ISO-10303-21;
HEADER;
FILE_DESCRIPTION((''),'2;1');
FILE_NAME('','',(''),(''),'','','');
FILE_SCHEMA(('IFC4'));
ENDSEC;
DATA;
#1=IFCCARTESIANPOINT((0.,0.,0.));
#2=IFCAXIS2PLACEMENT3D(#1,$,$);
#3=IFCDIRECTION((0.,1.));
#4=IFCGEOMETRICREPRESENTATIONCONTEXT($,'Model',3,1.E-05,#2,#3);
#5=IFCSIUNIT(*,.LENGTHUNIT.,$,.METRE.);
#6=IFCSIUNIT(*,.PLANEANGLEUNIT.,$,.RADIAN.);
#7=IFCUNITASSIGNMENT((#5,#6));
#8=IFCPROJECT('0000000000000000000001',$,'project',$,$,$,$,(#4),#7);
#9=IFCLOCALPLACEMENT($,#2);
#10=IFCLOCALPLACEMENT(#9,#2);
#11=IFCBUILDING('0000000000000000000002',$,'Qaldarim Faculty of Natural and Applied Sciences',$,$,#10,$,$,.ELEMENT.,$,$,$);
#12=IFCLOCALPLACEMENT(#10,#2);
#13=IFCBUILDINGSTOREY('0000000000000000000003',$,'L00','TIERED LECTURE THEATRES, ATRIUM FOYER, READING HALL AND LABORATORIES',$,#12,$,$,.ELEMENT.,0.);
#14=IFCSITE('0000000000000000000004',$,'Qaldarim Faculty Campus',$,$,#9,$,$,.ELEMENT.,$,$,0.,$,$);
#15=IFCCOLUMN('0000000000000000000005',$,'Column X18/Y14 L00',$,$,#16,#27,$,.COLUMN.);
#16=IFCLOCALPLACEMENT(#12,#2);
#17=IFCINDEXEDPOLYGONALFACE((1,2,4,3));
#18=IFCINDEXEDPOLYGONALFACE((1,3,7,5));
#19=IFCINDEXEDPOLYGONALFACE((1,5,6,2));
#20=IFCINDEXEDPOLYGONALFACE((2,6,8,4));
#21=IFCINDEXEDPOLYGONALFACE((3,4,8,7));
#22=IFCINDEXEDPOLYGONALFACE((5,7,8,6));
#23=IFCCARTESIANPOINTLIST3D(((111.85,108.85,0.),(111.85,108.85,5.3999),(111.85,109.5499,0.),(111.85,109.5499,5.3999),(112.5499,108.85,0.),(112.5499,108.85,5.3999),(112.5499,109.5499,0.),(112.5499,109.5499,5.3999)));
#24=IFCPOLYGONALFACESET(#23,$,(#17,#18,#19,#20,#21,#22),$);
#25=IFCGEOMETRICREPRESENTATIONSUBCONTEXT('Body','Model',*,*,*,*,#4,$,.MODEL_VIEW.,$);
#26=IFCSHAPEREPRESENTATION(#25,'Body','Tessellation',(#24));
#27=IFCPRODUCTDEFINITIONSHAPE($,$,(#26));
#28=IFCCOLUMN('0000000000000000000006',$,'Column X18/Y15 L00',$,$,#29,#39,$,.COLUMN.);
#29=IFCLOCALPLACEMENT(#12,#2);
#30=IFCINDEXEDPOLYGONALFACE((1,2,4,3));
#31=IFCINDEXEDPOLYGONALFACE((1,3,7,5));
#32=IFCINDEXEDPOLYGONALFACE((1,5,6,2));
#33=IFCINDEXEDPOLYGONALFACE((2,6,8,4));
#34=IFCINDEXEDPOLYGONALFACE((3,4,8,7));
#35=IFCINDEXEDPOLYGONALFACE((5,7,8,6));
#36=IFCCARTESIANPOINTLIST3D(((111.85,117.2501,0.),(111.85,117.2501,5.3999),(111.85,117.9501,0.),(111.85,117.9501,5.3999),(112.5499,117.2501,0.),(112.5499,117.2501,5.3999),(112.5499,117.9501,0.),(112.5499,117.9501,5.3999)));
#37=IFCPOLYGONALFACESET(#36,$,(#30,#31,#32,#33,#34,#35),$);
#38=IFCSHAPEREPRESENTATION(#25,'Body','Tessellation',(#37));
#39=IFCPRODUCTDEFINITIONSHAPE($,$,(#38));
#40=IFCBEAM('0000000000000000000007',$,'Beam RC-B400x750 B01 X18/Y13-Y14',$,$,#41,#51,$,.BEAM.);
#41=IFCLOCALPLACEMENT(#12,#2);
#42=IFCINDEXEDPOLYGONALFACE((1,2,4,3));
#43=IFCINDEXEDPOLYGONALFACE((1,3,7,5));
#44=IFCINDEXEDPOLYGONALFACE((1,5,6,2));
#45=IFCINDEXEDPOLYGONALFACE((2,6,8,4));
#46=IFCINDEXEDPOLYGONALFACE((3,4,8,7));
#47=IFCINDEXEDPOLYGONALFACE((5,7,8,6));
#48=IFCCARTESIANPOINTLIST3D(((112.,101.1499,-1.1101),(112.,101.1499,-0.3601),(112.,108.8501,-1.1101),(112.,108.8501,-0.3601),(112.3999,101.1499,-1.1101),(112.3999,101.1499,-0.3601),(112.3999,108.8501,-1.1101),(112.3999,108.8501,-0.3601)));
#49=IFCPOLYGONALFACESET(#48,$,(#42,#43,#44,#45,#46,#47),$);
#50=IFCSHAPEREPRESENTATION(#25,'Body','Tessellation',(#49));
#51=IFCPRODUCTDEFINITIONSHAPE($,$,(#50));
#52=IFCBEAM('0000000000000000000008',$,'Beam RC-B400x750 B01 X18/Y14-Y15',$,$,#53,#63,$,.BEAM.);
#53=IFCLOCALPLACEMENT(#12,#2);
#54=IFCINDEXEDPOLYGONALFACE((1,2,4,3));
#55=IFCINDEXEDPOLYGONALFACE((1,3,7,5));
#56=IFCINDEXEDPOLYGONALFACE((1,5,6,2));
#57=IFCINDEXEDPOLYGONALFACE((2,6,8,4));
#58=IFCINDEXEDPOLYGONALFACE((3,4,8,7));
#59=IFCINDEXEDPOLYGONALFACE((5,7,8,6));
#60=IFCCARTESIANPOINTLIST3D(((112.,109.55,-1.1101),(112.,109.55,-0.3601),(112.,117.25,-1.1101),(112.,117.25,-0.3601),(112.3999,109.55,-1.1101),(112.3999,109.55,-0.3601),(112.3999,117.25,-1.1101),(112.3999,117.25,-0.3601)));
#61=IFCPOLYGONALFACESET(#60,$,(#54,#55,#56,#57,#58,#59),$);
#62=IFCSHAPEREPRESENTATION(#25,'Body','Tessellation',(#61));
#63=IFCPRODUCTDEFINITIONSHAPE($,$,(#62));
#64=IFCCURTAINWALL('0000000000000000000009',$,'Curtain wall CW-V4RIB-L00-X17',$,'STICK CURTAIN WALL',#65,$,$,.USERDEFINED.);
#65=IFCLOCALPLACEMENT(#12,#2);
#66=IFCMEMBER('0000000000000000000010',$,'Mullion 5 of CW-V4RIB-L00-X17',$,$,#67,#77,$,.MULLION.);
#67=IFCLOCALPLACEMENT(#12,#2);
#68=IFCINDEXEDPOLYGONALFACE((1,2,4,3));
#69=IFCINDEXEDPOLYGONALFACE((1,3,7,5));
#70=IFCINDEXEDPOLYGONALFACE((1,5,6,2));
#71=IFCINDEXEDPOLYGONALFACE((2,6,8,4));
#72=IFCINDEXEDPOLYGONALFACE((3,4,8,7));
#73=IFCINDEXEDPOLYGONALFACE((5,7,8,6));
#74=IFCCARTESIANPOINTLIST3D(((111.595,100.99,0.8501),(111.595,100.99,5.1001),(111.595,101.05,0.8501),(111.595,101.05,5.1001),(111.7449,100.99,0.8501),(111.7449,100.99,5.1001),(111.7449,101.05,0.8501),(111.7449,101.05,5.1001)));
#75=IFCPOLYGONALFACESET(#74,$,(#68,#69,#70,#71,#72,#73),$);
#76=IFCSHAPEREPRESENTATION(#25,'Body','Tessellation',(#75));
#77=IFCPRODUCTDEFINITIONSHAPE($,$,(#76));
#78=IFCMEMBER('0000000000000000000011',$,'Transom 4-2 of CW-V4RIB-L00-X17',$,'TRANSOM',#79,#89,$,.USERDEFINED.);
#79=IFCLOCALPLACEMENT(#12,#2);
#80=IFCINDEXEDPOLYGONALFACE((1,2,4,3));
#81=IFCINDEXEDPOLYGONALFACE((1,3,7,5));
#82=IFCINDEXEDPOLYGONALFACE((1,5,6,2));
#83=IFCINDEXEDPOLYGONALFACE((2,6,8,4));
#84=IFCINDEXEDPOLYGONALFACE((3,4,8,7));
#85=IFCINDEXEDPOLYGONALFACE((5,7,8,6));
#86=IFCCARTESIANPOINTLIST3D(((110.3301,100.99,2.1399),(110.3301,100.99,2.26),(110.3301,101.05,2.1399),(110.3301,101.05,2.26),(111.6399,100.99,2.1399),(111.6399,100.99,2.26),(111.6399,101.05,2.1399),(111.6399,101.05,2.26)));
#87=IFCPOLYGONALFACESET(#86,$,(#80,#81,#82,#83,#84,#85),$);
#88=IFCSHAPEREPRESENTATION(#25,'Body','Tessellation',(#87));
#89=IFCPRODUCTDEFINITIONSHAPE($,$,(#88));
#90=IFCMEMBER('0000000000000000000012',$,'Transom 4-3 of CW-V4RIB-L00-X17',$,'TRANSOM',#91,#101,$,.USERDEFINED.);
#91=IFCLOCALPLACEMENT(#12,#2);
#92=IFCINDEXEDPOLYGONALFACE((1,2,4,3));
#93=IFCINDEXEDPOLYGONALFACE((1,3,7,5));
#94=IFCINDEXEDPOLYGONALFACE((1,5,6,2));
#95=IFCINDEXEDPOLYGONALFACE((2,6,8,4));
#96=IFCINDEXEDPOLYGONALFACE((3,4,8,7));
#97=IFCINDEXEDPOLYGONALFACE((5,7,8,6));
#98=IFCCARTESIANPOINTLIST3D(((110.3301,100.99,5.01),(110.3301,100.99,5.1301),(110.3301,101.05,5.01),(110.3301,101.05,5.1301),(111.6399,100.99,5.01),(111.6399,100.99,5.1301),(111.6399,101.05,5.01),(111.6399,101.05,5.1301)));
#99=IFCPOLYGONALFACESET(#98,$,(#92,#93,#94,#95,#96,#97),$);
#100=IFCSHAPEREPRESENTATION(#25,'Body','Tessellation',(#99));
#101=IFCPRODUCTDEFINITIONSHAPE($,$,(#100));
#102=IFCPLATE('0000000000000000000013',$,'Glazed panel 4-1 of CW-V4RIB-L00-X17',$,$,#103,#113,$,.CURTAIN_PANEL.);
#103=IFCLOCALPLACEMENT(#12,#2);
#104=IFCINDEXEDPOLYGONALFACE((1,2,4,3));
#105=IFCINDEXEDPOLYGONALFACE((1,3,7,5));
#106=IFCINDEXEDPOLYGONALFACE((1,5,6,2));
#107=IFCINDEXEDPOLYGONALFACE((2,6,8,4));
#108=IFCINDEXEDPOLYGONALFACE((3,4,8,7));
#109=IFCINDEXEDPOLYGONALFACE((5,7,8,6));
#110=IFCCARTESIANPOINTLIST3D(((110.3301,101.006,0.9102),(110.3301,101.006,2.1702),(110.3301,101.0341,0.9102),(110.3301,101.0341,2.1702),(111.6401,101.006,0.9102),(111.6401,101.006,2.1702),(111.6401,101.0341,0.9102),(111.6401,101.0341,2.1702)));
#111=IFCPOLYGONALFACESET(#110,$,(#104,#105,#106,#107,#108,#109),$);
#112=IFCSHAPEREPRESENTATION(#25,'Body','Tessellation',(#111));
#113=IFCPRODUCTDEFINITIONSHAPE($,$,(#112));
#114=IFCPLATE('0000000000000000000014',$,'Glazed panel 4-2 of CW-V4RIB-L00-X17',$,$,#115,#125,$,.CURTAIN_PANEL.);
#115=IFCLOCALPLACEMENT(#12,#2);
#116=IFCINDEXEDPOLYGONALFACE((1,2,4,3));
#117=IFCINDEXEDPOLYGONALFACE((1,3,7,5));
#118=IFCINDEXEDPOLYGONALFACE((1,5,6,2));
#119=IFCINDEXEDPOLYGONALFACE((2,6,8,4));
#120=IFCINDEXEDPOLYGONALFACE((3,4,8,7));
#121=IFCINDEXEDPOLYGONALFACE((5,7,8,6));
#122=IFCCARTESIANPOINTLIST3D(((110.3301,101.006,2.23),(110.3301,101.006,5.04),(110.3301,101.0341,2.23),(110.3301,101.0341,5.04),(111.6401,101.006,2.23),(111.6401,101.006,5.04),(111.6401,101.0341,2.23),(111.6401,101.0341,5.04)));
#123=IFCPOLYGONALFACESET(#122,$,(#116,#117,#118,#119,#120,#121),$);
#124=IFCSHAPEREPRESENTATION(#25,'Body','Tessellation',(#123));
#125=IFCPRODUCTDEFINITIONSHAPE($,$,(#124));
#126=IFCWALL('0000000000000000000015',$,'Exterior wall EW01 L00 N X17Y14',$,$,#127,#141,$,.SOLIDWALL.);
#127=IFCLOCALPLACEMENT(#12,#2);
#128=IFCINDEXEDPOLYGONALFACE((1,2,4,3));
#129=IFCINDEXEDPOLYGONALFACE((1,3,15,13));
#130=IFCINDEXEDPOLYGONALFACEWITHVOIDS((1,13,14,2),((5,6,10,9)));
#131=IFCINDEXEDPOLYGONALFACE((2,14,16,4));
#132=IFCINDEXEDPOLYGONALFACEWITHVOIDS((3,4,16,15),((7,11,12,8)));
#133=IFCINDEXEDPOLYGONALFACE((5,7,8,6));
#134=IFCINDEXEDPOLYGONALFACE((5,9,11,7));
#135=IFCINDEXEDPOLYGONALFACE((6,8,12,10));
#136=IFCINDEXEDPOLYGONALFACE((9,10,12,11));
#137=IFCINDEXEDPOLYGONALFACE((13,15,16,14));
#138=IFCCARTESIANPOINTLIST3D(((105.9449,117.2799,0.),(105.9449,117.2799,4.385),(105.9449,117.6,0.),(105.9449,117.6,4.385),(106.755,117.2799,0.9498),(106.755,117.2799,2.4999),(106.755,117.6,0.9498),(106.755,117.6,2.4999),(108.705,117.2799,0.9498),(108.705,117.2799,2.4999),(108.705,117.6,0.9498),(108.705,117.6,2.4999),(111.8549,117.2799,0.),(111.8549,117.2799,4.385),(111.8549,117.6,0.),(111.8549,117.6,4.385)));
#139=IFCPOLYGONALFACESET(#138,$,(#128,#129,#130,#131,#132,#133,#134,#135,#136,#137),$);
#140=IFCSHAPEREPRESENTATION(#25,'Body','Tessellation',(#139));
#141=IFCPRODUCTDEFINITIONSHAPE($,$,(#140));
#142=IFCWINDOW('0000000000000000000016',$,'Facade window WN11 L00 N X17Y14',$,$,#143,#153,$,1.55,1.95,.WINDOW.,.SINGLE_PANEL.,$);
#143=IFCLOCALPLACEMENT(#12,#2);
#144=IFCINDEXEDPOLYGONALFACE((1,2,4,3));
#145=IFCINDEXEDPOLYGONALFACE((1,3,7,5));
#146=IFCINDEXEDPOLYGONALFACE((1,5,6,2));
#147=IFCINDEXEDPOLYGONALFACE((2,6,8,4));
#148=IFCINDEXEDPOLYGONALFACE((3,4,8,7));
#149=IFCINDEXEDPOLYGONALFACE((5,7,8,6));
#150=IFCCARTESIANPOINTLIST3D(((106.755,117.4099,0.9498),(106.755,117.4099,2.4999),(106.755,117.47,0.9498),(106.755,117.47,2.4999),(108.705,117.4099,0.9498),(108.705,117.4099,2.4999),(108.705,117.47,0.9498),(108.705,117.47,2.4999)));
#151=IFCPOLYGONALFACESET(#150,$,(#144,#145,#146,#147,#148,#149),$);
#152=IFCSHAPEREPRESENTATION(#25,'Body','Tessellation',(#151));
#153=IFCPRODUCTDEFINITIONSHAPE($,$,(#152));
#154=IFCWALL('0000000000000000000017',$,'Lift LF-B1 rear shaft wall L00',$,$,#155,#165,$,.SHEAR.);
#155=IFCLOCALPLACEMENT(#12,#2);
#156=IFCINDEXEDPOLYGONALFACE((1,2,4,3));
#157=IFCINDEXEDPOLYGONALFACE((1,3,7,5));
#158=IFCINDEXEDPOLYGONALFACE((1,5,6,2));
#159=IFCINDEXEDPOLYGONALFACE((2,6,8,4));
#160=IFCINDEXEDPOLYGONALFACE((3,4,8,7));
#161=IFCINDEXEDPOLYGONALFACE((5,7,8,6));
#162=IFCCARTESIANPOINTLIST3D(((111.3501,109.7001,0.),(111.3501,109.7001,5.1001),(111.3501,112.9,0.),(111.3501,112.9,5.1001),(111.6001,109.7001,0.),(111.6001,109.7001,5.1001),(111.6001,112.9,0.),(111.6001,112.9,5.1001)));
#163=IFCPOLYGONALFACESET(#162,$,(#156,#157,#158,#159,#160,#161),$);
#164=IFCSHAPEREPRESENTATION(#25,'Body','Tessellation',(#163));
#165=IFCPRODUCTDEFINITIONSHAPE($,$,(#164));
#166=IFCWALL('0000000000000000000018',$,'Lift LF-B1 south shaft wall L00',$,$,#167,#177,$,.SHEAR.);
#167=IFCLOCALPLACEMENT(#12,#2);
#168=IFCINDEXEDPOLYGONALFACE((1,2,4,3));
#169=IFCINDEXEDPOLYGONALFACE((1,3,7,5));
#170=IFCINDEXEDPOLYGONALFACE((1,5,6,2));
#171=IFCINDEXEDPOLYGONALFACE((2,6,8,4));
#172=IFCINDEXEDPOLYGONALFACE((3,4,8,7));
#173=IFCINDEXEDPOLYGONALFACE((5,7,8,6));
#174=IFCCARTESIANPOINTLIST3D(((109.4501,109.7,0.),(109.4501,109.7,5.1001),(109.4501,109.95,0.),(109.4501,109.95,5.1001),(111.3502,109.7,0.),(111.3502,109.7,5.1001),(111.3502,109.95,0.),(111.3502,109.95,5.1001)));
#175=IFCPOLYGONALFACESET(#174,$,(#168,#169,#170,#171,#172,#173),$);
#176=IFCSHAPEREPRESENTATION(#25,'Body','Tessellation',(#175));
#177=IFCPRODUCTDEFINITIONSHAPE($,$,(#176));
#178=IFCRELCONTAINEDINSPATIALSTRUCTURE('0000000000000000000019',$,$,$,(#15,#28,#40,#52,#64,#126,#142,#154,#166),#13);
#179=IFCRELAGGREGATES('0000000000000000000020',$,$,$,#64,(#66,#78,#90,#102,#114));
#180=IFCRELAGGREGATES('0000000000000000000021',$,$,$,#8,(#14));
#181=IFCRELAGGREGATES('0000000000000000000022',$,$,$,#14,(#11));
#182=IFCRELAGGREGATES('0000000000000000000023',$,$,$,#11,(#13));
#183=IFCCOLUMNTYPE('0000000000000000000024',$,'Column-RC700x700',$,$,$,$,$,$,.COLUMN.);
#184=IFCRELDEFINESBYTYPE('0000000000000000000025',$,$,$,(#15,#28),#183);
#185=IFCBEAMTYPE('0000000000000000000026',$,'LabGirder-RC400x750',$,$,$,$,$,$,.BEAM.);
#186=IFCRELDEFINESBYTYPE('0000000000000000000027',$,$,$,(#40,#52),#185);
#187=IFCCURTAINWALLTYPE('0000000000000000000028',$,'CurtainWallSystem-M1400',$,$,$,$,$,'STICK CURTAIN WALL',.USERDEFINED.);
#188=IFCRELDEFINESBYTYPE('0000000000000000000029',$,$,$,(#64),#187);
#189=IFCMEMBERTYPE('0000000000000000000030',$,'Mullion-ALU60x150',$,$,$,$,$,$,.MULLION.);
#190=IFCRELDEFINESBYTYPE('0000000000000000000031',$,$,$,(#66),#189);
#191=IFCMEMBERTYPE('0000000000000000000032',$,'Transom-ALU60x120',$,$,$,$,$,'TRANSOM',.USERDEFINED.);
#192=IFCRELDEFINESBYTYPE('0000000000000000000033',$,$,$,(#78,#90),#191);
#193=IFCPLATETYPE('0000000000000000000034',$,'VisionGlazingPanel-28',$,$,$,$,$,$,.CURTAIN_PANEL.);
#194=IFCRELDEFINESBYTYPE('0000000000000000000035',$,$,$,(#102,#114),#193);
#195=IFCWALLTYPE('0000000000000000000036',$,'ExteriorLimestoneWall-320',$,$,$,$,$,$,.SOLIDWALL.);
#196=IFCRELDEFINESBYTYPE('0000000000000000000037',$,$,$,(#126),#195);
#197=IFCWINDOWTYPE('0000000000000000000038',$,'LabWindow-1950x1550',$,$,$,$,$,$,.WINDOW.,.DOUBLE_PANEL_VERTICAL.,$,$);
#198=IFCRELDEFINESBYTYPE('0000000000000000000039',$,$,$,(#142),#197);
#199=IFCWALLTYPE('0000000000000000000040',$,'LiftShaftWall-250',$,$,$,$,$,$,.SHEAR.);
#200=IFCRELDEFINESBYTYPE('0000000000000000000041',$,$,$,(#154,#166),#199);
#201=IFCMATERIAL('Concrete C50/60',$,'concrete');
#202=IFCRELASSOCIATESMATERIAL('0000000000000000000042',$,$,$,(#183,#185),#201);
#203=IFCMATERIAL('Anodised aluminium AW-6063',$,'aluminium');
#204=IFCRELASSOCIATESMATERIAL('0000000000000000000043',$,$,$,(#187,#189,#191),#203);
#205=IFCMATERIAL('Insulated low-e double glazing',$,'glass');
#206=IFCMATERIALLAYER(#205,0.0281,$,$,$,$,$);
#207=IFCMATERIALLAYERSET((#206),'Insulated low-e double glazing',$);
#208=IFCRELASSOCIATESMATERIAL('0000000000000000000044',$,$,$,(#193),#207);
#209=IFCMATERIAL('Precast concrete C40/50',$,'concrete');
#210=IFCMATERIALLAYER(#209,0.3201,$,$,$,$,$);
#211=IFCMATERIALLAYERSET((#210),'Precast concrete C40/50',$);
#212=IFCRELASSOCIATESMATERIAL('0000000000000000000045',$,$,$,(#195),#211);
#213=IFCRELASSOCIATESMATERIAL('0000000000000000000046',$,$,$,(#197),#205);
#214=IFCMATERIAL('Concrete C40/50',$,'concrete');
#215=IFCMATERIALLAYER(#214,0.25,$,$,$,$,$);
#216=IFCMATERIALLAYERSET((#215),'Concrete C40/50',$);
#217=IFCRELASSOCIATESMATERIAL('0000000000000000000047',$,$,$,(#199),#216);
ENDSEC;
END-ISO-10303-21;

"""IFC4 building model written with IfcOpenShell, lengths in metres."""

from ifc_helpers import new_model, si_unit, direction, frame, frame_2d, origin, origin_2d, place, context, subcontext, project, spatial, rectangle, extrude, material, layer, layer_set, material_profile, profile_set, type_object, element, fill, aggregate, save


model = new_model("IFC4")

# Units and contexts
model_context = context("Model", 3, precision=1e-05, world=origin(), true_north=direction((0.0, 1.0)))
body_context = subcontext(model_context, "Body", "Model", "MODEL_VIEW")
ifc_project = project(units=[si_unit("LENGTHUNIT", "METRE"), si_unit("PLANEANGLEUNIT", "RADIAN")], contexts=[model_context])

# Site, building, storey
site_placement = place(None, origin())
site = spatial("IfcSite", under=ifc_project, at=site_placement, Name="Qaldarim Faculty Campus", CompositionType="ELEMENT", RefElevation=0.0)
building_placement = place(site_placement, origin())
building = spatial("IfcBuilding", under=site, at=building_placement, Name="Qaldarim Faculty of Natural and Applied Sciences", CompositionType="ELEMENT")
storey_placement = place(building_placement, origin())
storey = spatial("IfcBuildingStorey", under=building, at=storey_placement, Name="L00", Description="TIERED LECTURE THEATRES, ATRIUM FOYER, READING HALL AND LABORATORIES", CompositionType="ELEMENT", Elevation=0.0)

# Columns
ifc_material_1 = material(Name="Concrete C50/60", Category="concrete")
ifc_material_profile_1 = material_profile(ifc_material_1, rectangle(XDim=0.7, YDim=0.7, at=origin_2d()), Name="RC-C700x700")
ifc_profile_set_1 = profile_set([ifc_material_profile_1], Name="Concrete C50/60")
column_type = type_object("IfcColumnType", Name="Column-RC700x700", PredefinedType="COLUMN", material=ifc_profile_set_1)
for number, where, z_axis, x_axis, name in (
    (1, (112.2, 109.2, 0.0), (0.0, 0.0, 1.0), (1.0, 0.0, 0.0), "Column X18/Y14 L00"),
    (2, (112.2, 117.6001, 0.0), (0.0, 0.0, 1.0), (1.0, 0.0, 0.0), "Column X18/Y15 L00"),
):
    element("IfcColumn", number, at=place(storey_placement, frame(where, z_axis=z_axis, x_axis=x_axis)), inside=storey, type_object=column_type, Name=name, PredefinedType="COLUMN", context=body_context, shape_type="SweptSolid", body=[
        extrude(rectangle(XDim=0.7, YDim=0.7, at=origin_2d()), origin(), (0.0, 0.0, 1.0), 5.3999),
    ])

# Beams
ifc_material_profile_2 = material_profile(ifc_material_1, rectangle(XDim=0.3999, YDim=0.75, at=origin_2d()), Name="RC-B400x750")
ifc_profile_set_2 = profile_set([ifc_material_profile_2], Name="Concrete C50/60")
beam_type = type_object("IfcBeamType", Name="LabGirder-RC400x750", PredefinedType="BEAM", material=ifc_profile_set_2)
beam_1_placement = place(storey_placement, frame((112.2, 101.1499, -0.7351), z_axis=(0.0, 1.0, 0.0), x_axis=(-1.0, 0.0, 0.0)))
element("IfcBeam", 3, at=beam_1_placement, inside=storey, type_object=beam_type, Name="Beam RC-B400x750 B01 X18/Y13-Y14", PredefinedType="BEAM", context=body_context, shape_type="SweptSolid", body=[
    extrude(rectangle(XDim=0.3999, YDim=0.75, at=origin_2d()), origin(), (0.0, 0.0, 1.0), 7.7002),
])
beam_2_placement = place(storey_placement, frame((112.2, 109.55, -0.7351), z_axis=(0.0, 1.0, 0.0), x_axis=(-1.0, 0.0, 0.0)))
element("IfcBeam", 4, at=beam_2_placement, inside=storey, type_object=beam_type, Name="Beam RC-B400x750 B01 X18/Y14-Y15", PredefinedType="BEAM", context=body_context, shape_type="SweptSolid", body=[
    extrude(rectangle(XDim=0.3999, YDim=0.75, at=origin_2d()), origin(), (0.0, 0.0, 1.0), 7.7),
])

# Curtain wall, members, plates
ifc_material_2 = material(Name="Anodised aluminium AW-6063", Category="aluminium")
curtain_wall_type = type_object("IfcCurtainWallType", Name="CurtainWallSystem-M1400", ElementType="STICK CURTAIN WALL", PredefinedType="USERDEFINED", material=ifc_material_2)
curtain_wall_placement = place(storey_placement, origin())
curtain_wall = element("IfcCurtainWall", 5, at=curtain_wall_placement, inside=storey, type_object=curtain_wall_type, Name="Curtain wall CW-V4RIB-L00-X17", ObjectType="STICK CURTAIN WALL", PredefinedType="USERDEFINED")
ifc_material_profile_3 = material_profile(ifc_material_2, rectangle(XDim=0.0601, YDim=0.1499, at=origin_2d()), Name="ALU-M60x150")
ifc_profile_set_3 = profile_set([ifc_material_profile_3], Name="Anodised aluminium AW-6063")
member_type_1 = type_object("IfcMemberType", Name="Mullion-ALU60x150", PredefinedType="MULLION", material=ifc_profile_set_3)
member_1_placement = place(storey_placement, frame((111.6699, 101.02, 0.8501), z_axis=(0.0, 0.0, 1.0), x_axis=(0.0, 1.0, 0.0)))
member_1 = element("IfcMember", 6, at=member_1_placement, type_object=member_type_1, Name="Mullion 5 of CW-V4RIB-L00-X17", PredefinedType="MULLION", context=body_context, shape_type="SweptSolid", body=[
    extrude(rectangle(XDim=0.0601, YDim=0.1499, at=origin_2d()), origin(), (0.0, 0.0, 1.0), 4.25),
])
ifc_material_profile_4 = material_profile(ifc_material_2, rectangle(XDim=0.0601, YDim=0.1201, at=origin_2d()), Name="ALU-T60x120")
ifc_profile_set_4 = profile_set([ifc_material_profile_4], Name="Anodised aluminium AW-6063")
member_type_2 = type_object("IfcMemberType", Name="Transom-ALU60x120", ElementType="TRANSOM", PredefinedType="USERDEFINED", material=ifc_profile_set_4)
member_2_placement = place(storey_placement, frame((110.3301, 101.02, 2.2), z_axis=(1.0, 0.0, 0.0), x_axis=(0.0, 1.0, 0.0)))
member_2 = element("IfcMember", 7, at=member_2_placement, type_object=member_type_2, Name="Transom 4-2 of CW-V4RIB-L00-X17", ObjectType="TRANSOM", PredefinedType="USERDEFINED", context=body_context, shape_type="SweptSolid", body=[
    extrude(rectangle(XDim=0.0601, YDim=0.1201, at=origin_2d()), origin(), (0.0, 0.0, 1.0), 1.3098),
])
member_3_placement = place(storey_placement, frame((110.3301, 101.02, 5.0701), z_axis=(1.0, 0.0, 0.0), x_axis=(0.0, 1.0, 0.0)))
member_3 = element("IfcMember", 8, at=member_3_placement, type_object=member_type_2, Name="Transom 4-3 of CW-V4RIB-L00-X17", ObjectType="TRANSOM", PredefinedType="USERDEFINED", context=body_context, shape_type="SweptSolid", body=[
    extrude(rectangle(XDim=0.0601, YDim=0.1201, at=origin_2d()), origin(), (0.0, 0.0, 1.0), 1.3098),
])
ifc_material_3 = material(Name="Insulated low-e double glazing", Category="glass")
ifc_layer_1 = layer(ifc_material_3, 0.0281)
ifc_layer_set_1 = layer_set([ifc_layer_1], Name="Insulated low-e double glazing")
plate_type = type_object("IfcPlateType", Name="VisionGlazingPanel-28", PredefinedType="CURTAIN_PANEL", material=ifc_layer_set_1)
plate_1_placement = place(storey_placement, frame((110.9851, 101.02, 0.9102), z_axis=(0.0, 0.0, 1.0), x_axis=(1.0, 0.0, 0.0)))
plate_1 = element("IfcPlate", 9, at=plate_1_placement, type_object=plate_type, Name="Glazed panel 4-1 of CW-V4RIB-L00-X17", PredefinedType="CURTAIN_PANEL", context=body_context, shape_type="SweptSolid", body=[
    extrude(rectangle(XDim=1.3101, YDim=0.0281, at=origin_2d()), origin(), (0.0, 0.0, 1.0), 1.26),
])
plate_2_placement = place(storey_placement, frame((110.9851, 101.02, 2.23), z_axis=(0.0, 0.0, 1.0), x_axis=(1.0, 0.0, 0.0)))
plate_2 = element("IfcPlate", 10, at=plate_2_placement, type_object=plate_type, Name="Glazed panel 4-2 of CW-V4RIB-L00-X17", PredefinedType="CURTAIN_PANEL", context=body_context, shape_type="SweptSolid", body=[
    extrude(rectangle(XDim=1.3101, YDim=0.0281, at=origin_2d()), origin(), (0.0, 0.0, 1.0), 2.8101),
])
aggregate(curtain_wall, [member_1, member_2, member_3, plate_1, plate_2])

# Wall, opening, window
ifc_material_4 = material(Name="Precast concrete C40/50", Category="concrete")
ifc_layer_2 = layer(ifc_material_4, 0.3201)
ifc_layer_set_2 = layer_set([ifc_layer_2], Name="Precast concrete C40/50")
wall_type_1 = type_object("IfcWallType", Name="ExteriorLimestoneWall-320", PredefinedType="SOLIDWALL", material=ifc_layer_set_2)
wall_1_placement = place(storey_placement, frame((111.855, 117.4399, 0.0), z_axis=(0.0, 0.0, 1.0), x_axis=(-1.0, 0.0, 0.0)))
wall_1 = element("IfcWall", 11, at=wall_1_placement, inside=storey, type_object=wall_type_1, Name="Exterior wall EW01 L00 N X17Y14", PredefinedType="SOLIDWALL", context=body_context, shape_type="SweptSolid", body=[
    extrude(rectangle(XDim=5.9099, YDim=0.3201, at=frame_2d((2.9551, 0.0))), origin(), (0.0, 0.0, 1.0), 4.385),
])
opening_1_placement = place(wall_1_placement, frame((3.1499, 0.0, 0.95)))
opening_1 = element("IfcOpeningElement", 12, at=opening_1_placement, cuts=wall_1, PredefinedType="OPENING", context=body_context, shape_type="SweptSolid", body=[
    extrude(rectangle(XDim=1.95, YDim=1.55, at=frame_2d((0.9751, 0.7749))), frame((0.0, 0.1699, 0.0), z_axis=(0.0, -1.0, 0.0), x_axis=(1.0, 0.0, 0.0)), (0.0, 0.0, 1.0), 0.3401),
])
window_type = type_object("IfcWindowType", Name="LabWindow-1950x1550", PartitioningType="DOUBLE_PANEL_VERTICAL", PredefinedType="WINDOW", material=ifc_material_3)
window_placement = place(opening_1_placement, origin())
window = element("IfcWindow", 13, at=window_placement, inside=storey, type_object=window_type, Name="Facade window WN11 L00 N X17Y14", OverallHeight=1.55, OverallWidth=1.95, PartitioningType="SINGLE_PANEL", PredefinedType="WINDOW", context=body_context, shape_type="SweptSolid", body=[
    extrude(rectangle(XDim=1.95, YDim=1.55, at=frame_2d((0.9751, 0.7749))), frame((0.0, 0.03, 0.0), z_axis=(0.0, -1.0, 0.0), x_axis=(1.0, 0.0, 0.0)), (0.0, 0.0, 1.0), 0.0601),
])
fill(opening_1, window)

# Shared definitions
ifc_material_5 = material(Name="Concrete C40/50", Category="concrete")
ifc_layer_3 = layer(ifc_material_5, 0.25)
ifc_layer_set_3 = layer_set([ifc_layer_3], Name="Concrete C40/50")
wall_type_2 = type_object("IfcWallType", Name="LiftShaftWall-250", PredefinedType="SHEAR", material=ifc_layer_set_3)

# Walls
wall_2_placement = place(storey_placement, frame((111.4751, 109.7, 0.0), z_axis=(0.0, 0.0, 1.0), x_axis=(0.0, 1.0, 0.0)))
element("IfcWall", 14, at=wall_2_placement, inside=storey, type_object=wall_type_2, Name="Lift LF-B1 rear shaft wall L00", PredefinedType="SHEAR", context=body_context, shape_type="SweptSolid", body=[
    extrude(rectangle(XDim=3.2, YDim=0.25, at=frame_2d((1.6001, 0.0))), origin(), (0.0, 0.0, 1.0), 5.1001),
])
for number, where, z_axis, x_axis, name in (
    (15, (109.45, 109.825, 0.0), (0.0, 0.0, 1.0), (1.0, 0.0, 0.0), "Lift LF-B1 south shaft wall L00"),
):
    element("IfcWall", number, at=place(storey_placement, frame(where, z_axis=z_axis, x_axis=x_axis)), inside=storey, type_object=wall_type_2, Name=name, PredefinedType="SHEAR", context=body_context, shape_type="SweptSolid", body=[
        extrude(rectangle(XDim=1.9001, YDim=0.25, at=frame_2d((0.9502, 0.0))), origin(), (0.0, 0.0, 1.0), 5.1001),
    ])

save(model, "model.ifc")
